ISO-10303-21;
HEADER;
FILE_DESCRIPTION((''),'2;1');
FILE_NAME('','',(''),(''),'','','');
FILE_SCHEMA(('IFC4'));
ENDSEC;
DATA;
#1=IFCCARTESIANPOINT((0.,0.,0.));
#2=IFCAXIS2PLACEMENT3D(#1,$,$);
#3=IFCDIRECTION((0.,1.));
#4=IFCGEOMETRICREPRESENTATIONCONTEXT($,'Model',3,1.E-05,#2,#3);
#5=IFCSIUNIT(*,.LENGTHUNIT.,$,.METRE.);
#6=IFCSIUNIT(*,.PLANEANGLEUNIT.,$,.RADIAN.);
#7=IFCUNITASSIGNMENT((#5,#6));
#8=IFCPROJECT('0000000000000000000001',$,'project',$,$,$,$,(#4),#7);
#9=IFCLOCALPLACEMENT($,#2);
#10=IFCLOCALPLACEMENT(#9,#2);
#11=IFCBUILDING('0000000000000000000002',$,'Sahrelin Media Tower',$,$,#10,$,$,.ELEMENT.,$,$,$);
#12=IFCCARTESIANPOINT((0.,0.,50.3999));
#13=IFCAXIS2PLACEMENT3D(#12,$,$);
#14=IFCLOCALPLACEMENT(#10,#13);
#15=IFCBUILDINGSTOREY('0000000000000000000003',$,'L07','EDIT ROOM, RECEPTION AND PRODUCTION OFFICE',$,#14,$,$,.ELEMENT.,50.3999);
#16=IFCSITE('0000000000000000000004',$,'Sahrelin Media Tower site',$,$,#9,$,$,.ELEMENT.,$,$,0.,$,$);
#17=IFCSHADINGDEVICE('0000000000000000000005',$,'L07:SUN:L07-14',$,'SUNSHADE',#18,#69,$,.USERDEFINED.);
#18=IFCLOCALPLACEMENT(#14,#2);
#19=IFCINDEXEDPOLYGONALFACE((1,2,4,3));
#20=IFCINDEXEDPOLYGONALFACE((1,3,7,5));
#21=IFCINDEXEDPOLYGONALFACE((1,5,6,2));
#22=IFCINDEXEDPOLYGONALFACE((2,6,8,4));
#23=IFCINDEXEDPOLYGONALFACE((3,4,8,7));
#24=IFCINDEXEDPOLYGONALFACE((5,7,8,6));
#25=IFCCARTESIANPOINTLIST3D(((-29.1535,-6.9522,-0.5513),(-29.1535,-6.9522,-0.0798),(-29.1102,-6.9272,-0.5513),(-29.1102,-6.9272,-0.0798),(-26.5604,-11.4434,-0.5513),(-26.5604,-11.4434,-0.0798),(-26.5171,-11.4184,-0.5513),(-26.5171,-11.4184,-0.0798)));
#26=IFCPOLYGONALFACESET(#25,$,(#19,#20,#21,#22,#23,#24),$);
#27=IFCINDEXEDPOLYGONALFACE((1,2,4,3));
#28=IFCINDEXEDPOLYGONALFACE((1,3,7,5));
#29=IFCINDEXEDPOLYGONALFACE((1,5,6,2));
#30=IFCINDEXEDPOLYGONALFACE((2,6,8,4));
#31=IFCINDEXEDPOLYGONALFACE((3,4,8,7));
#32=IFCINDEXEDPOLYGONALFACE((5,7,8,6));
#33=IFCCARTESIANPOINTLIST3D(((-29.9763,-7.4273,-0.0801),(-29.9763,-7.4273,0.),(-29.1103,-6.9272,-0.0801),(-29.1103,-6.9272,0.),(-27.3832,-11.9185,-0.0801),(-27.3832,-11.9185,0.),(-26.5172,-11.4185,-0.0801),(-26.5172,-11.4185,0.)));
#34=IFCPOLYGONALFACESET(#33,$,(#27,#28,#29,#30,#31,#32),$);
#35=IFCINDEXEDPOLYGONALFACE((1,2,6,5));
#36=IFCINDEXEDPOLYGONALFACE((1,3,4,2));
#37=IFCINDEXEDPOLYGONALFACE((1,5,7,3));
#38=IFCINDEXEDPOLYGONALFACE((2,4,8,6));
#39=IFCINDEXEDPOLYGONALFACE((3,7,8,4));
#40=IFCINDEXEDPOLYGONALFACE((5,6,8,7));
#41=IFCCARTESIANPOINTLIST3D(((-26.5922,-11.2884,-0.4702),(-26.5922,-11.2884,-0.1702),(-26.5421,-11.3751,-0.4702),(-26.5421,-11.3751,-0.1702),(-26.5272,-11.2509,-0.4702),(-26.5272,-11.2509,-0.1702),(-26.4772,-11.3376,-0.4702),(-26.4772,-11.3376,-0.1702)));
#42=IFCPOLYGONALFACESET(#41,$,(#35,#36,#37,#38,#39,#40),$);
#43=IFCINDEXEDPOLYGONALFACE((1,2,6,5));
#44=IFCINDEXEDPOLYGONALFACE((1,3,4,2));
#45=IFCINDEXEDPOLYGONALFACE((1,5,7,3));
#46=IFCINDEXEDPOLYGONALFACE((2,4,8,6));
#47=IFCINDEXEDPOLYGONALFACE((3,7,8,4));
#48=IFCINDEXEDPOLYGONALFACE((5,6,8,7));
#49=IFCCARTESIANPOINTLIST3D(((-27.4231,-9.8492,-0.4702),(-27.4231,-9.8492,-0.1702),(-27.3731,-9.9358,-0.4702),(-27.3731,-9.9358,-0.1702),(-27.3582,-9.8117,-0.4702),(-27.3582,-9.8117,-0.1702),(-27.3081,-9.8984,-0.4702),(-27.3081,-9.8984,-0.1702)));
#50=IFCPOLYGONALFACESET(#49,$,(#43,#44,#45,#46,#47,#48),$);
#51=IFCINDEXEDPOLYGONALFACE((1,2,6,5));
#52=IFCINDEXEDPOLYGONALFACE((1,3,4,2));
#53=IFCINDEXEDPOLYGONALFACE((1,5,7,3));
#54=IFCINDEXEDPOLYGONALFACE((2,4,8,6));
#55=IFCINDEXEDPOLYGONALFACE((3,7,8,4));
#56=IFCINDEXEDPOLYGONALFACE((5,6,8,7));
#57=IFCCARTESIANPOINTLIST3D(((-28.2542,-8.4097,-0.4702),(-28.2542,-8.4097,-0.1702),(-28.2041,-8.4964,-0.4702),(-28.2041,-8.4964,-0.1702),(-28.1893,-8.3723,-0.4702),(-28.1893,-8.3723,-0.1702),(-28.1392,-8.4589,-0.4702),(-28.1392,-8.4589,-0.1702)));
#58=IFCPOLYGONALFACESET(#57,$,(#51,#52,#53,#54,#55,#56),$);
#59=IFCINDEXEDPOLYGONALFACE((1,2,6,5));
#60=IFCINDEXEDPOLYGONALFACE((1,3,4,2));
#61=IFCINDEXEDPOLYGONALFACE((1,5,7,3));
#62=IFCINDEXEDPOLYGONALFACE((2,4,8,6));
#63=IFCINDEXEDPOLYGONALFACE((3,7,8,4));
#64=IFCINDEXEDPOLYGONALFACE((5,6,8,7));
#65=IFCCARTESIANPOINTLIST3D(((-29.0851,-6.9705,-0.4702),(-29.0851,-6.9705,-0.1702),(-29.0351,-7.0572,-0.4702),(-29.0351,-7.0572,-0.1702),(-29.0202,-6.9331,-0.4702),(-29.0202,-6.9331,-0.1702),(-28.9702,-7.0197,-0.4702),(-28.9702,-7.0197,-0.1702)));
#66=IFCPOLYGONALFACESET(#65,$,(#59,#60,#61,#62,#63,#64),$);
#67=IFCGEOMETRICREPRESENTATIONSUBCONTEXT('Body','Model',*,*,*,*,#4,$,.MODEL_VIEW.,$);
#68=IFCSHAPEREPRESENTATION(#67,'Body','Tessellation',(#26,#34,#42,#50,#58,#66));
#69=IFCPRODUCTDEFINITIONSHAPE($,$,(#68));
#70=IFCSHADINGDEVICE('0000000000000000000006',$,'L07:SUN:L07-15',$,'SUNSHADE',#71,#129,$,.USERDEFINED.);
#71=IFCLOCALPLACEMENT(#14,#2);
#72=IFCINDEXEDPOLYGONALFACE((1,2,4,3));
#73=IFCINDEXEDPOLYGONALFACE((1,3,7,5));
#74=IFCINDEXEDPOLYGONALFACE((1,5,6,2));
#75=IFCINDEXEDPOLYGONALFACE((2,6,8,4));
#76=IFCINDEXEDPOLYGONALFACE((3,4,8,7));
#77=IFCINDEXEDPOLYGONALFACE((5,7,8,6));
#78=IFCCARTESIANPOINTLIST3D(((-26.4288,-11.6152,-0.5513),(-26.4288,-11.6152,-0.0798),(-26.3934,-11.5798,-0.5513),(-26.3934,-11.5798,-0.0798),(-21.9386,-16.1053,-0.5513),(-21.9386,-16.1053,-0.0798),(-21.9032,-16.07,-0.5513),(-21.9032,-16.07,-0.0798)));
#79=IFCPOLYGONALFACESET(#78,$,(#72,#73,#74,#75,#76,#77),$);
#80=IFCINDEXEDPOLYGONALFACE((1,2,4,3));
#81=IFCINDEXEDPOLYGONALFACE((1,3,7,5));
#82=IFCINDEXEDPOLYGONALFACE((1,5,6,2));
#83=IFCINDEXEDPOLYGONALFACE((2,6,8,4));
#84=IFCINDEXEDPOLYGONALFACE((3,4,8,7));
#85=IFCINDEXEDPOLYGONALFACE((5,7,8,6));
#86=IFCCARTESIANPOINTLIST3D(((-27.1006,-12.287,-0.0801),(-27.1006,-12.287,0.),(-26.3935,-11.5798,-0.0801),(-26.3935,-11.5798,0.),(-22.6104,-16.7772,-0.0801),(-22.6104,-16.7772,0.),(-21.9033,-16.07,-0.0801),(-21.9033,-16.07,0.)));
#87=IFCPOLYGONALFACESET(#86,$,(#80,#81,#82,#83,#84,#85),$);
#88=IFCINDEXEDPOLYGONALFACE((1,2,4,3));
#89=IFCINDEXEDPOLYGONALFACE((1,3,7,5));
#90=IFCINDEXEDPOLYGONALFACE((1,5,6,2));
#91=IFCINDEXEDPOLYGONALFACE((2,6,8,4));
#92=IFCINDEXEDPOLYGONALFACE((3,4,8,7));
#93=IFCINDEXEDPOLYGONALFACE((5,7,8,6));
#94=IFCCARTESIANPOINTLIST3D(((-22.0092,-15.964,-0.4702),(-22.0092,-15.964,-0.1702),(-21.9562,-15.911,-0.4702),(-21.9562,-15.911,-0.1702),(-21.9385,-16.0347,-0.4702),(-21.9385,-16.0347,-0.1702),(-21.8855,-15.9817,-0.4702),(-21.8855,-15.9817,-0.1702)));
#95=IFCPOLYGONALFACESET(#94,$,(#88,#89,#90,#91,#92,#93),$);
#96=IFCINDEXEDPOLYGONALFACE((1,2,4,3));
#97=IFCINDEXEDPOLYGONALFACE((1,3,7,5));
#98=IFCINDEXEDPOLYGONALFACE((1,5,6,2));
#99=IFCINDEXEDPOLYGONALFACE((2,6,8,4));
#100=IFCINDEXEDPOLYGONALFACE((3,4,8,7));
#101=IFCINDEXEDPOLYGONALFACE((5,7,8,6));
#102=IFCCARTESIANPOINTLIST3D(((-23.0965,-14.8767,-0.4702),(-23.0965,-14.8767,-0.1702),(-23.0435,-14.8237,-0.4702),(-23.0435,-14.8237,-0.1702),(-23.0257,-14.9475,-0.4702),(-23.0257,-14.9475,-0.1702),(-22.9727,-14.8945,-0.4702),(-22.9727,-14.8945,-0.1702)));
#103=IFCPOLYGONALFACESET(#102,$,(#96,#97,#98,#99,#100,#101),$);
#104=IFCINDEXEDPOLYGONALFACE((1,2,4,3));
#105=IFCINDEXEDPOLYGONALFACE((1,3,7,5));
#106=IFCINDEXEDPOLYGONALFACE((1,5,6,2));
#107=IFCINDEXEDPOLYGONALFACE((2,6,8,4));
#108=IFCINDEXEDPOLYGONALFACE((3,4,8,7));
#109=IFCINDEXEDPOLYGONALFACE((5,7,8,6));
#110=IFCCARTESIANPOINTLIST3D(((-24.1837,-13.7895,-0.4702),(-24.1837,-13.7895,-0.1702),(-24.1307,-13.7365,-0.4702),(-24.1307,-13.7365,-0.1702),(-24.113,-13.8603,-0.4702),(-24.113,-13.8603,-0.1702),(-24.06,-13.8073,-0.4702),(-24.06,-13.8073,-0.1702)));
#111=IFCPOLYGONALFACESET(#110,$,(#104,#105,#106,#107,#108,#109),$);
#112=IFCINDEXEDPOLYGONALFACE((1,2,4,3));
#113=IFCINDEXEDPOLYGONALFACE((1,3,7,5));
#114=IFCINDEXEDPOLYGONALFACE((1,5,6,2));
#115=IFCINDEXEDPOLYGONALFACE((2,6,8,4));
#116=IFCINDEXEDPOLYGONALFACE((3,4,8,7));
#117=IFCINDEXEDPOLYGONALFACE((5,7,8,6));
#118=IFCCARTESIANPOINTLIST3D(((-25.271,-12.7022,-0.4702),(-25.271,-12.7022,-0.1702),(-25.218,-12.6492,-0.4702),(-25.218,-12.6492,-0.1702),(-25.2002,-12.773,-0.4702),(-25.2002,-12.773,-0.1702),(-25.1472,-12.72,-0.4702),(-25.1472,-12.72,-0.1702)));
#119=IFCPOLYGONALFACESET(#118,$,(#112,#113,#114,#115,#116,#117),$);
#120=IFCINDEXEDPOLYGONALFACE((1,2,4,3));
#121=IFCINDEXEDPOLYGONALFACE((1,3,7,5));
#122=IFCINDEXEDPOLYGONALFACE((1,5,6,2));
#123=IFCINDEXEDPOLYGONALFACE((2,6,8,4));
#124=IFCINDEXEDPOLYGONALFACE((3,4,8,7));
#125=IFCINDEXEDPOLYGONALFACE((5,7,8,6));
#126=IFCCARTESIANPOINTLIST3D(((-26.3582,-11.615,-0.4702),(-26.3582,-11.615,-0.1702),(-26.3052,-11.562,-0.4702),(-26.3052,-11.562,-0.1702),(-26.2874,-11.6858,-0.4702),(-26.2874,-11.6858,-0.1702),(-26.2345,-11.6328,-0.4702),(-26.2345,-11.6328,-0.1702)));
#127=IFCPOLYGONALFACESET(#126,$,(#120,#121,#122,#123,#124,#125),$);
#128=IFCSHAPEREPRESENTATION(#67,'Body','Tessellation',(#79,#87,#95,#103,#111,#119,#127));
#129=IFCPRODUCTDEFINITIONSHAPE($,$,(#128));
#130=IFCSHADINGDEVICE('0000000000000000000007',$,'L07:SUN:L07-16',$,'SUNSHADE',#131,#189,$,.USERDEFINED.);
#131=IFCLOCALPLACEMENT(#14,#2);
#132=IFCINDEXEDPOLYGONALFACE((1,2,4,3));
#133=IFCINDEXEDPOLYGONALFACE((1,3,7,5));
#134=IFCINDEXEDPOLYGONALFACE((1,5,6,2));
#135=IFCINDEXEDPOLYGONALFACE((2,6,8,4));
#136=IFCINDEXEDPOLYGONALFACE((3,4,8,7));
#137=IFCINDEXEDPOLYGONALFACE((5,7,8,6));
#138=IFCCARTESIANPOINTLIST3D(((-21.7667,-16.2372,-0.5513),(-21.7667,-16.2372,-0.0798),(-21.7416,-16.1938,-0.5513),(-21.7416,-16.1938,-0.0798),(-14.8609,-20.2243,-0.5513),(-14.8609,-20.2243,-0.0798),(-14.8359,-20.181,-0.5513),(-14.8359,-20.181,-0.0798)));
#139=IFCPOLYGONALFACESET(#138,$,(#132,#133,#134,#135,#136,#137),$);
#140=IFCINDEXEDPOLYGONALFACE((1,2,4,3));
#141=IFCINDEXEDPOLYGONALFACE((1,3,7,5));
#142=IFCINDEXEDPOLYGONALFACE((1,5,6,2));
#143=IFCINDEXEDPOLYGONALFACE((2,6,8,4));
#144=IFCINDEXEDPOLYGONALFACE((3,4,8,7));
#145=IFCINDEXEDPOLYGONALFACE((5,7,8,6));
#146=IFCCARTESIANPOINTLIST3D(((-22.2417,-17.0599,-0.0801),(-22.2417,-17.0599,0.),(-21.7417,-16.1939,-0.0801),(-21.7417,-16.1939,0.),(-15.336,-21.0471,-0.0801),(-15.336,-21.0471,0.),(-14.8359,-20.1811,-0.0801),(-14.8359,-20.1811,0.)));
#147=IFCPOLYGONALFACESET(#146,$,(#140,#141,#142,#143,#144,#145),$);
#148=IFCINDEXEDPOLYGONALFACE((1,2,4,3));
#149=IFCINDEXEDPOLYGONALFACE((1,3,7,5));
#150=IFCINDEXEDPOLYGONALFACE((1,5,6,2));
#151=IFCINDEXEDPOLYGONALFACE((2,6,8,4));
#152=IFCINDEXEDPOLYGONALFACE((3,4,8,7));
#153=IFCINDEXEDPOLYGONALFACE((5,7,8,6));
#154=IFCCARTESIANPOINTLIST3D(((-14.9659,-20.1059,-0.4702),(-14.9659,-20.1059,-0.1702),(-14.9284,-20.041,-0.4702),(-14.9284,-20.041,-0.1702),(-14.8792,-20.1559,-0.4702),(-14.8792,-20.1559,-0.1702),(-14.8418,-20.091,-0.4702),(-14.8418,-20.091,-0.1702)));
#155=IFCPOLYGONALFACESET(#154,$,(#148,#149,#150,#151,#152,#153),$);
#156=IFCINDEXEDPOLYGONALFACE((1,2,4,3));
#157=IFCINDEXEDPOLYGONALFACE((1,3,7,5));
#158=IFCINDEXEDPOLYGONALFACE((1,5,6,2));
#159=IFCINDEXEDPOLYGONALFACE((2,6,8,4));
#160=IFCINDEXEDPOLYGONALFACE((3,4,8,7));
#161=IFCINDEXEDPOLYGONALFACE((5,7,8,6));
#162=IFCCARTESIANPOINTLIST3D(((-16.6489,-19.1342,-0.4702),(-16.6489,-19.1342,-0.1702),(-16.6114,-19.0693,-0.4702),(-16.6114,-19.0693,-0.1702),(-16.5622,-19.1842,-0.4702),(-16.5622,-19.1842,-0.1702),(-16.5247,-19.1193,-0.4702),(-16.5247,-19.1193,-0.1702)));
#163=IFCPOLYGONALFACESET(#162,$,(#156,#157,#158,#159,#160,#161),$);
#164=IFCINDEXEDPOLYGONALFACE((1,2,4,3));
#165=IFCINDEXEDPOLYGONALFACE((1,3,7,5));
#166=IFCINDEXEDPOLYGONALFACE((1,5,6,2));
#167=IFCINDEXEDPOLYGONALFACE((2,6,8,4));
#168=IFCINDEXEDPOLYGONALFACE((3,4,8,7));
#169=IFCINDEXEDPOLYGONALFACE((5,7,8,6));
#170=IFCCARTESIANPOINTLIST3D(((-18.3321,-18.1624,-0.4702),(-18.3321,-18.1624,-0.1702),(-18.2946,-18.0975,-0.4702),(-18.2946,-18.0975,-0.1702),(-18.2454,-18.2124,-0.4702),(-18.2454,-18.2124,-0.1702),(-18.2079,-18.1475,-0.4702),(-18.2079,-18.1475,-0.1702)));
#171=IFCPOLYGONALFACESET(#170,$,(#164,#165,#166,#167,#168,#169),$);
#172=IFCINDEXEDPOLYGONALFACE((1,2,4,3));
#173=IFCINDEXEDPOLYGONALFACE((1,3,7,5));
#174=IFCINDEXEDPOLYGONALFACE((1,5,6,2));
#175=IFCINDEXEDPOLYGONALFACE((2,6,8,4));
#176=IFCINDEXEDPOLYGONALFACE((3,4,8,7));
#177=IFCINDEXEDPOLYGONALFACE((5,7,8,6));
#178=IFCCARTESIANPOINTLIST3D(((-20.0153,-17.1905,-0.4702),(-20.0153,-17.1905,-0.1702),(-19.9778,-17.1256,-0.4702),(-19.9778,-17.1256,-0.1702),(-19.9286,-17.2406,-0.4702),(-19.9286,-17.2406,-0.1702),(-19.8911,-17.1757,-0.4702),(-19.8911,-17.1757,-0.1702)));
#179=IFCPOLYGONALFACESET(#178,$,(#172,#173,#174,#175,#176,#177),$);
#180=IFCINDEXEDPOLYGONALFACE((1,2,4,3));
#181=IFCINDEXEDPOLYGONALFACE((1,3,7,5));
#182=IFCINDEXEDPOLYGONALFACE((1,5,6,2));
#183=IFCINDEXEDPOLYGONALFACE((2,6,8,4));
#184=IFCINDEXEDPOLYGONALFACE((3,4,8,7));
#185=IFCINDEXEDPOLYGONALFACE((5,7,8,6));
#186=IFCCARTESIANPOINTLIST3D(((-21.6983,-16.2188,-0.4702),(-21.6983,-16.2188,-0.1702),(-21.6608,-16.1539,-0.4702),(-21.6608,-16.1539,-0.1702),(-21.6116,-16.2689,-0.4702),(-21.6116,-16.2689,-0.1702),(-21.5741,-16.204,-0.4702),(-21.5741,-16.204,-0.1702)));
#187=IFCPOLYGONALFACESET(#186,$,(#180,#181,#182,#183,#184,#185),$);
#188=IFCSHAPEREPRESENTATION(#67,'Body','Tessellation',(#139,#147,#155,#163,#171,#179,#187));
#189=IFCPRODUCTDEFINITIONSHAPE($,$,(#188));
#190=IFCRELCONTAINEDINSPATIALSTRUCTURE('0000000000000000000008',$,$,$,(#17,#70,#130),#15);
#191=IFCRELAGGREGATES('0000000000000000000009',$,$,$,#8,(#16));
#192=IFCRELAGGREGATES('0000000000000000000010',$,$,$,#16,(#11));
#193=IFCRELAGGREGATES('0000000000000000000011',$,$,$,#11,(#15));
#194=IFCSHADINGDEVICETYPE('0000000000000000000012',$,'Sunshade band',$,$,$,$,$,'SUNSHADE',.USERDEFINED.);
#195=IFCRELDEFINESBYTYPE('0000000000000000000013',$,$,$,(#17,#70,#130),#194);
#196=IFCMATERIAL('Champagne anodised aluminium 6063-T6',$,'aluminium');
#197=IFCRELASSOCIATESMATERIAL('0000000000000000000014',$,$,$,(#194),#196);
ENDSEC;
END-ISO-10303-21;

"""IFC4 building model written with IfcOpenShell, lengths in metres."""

from ifc_helpers import new_model, si_unit, direction, frame, origin, origin_2d, place, context, subcontext, project, spatial, rectangle, extrude, material, type_object, element, save


model = new_model("IFC4")

# Units and contexts
model_context = context("Model", 3, precision=1e-05, world=origin(), true_north=direction((0.0, 1.0)))
body_context = subcontext(model_context, "Body", "Model", "MODEL_VIEW")
ifc_project = project(units=[si_unit("LENGTHUNIT", "METRE"), si_unit("PLANEANGLEUNIT", "RADIAN")], contexts=[model_context])

# Site, building, storey
site_placement = place(None, origin())
site = spatial("IfcSite", under=ifc_project, at=site_placement, Name="Sahrelin Media Tower site", CompositionType="ELEMENT", RefElevation=0.0)
building_placement = place(site_placement, origin())
building = spatial("IfcBuilding", under=site, at=building_placement, Name="Sahrelin Media Tower", CompositionType="ELEMENT")
storey_placement = place(building_placement, frame((0.0, 0.0, 50.3999)))
storey = spatial("IfcBuildingStorey", under=building, at=storey_placement, Name="L07", Description="EDIT ROOM, RECEPTION AND PRODUCTION OFFICE", CompositionType="ELEMENT", Elevation=50.3999)

# Shared definitions
ifc_material_1 = material(Name="Champagne anodised aluminium 6063-T6", Category="aluminium")

# Shading devices
placement_1 = place(storey_placement, frame((-27.7964, -9.1628, 0.0), z_axis=(0.0, 0.0, 1.0), x_axis=(-0.500011, 0.866019, 0.0)))
placement_2 = place(storey_placement, frame((-24.1343, -13.8108, 0.0), z_axis=(0.0, 0.0, 1.0), x_axis=(-0.707107, 0.707107, 0.0)))
placement_3 = place(storey_placement, frame((-18.2788, -18.1702, 0.0), z_axis=(0.0, 0.0, 1.0), x_axis=(-0.866019, 0.500011, 0.0)))
shading_device_type_1 = type_object("IfcShadingDeviceType", Name="Sunshade band", ElementType="SUNSHADE", PredefinedType="USERDEFINED", material=ifc_material_1)
element("IfcShadingDevice", 1, at=placement_1, inside=storey, type_object=shading_device_type_1, Name="L07:SUN:L07-14", ObjectType="SUNSHADE", PredefinedType="USERDEFINED", context=body_context, shape_type="SweptSolid", body=[
    extrude(rectangle(XDim=5.186, YDim=0.05, at=origin_2d()), frame((0.0, 0.0449, -0.5513)), (0.0, 0.0, 1.0), 0.4714),
    extrude(rectangle(XDim=5.186, YDim=1.0, at=origin_2d()), frame((0.0, 0.52, -0.0801)), (0.0, 0.0, 1.0), 0.0801),
    extrude(rectangle(XDim=0.1001, YDim=0.075, at=origin_2d()), frame((-2.4929, -0.0176, -0.4702)), (0.0, 0.0, 1.0), 0.3),
    extrude(rectangle(XDim=0.1001, YDim=0.075, at=origin_2d()), frame((-0.8311, -0.0176, -0.4702)), (0.0, 0.0, 1.0), 0.3),
    extrude(rectangle(XDim=0.1001, YDim=0.075, at=origin_2d()), frame((0.8311, -0.0176, -0.4702)), (0.0, 0.0, 1.0), 0.3),
    extrude(rectangle(XDim=0.1001, YDim=0.075, at=origin_2d()), frame((2.4929, -0.0176, -0.4702)), (0.0, 0.0, 1.0), 0.3),
])
element("IfcShadingDevice", 2, at=placement_2, inside=storey, type_object=shading_device_type_1, Name="L07:SUN:L07-15", ObjectType="SUNSHADE", PredefinedType="USERDEFINED", context=body_context, shape_type="SweptSolid", body=[
    extrude(rectangle(XDim=6.3501, YDim=0.05, at=origin_2d()), frame((0.0, 0.0449, -0.5513)), (0.0, 0.0, 1.0), 0.4714),
    extrude(rectangle(XDim=6.3501, YDim=1.0, at=origin_2d()), frame((0.0, 0.52, -0.0801)), (0.0, 0.0, 1.0), 0.0801),
    extrude(rectangle(XDim=0.1001, YDim=0.075, at=origin_2d()), frame((-3.0752, -0.0176, -0.4702)), (0.0, 0.0, 1.0), 0.3),
    extrude(rectangle(XDim=0.1001, YDim=0.075, at=origin_2d()), frame((-1.5376, -0.0176, -0.4702)), (0.0, 0.0, 1.0), 0.3),
    extrude(rectangle(XDim=0.1001, YDim=0.075, at=origin_2d()), frame((0.0, -0.0176, -0.4702)), (0.0, 0.0, 1.0), 0.3),
    extrude(rectangle(XDim=0.1001, YDim=0.075, at=origin_2d()), frame((1.5376, -0.0176, -0.4702)), (0.0, 0.0, 1.0), 0.3),
    extrude(rectangle(XDim=0.1001, YDim=0.075, at=origin_2d()), frame((3.0752, -0.0176, -0.4702)), (0.0, 0.0, 1.0), 0.3),
])
element("IfcShadingDevice", 3, at=placement_3, inside=storey, type_object=shading_device_type_1, Name="L07:SUN:L07-16", ObjectType="SUNSHADE", PredefinedType="USERDEFINED", context=body_context, shape_type="SweptSolid", body=[
    extrude(rectangle(XDim=7.9741, YDim=0.05, at=origin_2d()), frame((0.0, 0.0449, -0.5513)), (0.0, 0.0, 1.0), 0.4714),
    extrude(rectangle(XDim=7.9741, YDim=1.0, at=origin_2d()), frame((0.0, 0.52, -0.0801)), (0.0, 0.0, 1.0), 0.0801),
    extrude(rectangle(XDim=0.1001, YDim=0.075, at=origin_2d()), frame((-3.887, -0.0176, -0.4702)), (0.0, 0.0, 1.0), 0.3),
    extrude(rectangle(XDim=0.1001, YDim=0.075, at=origin_2d()), frame((-1.9436, -0.0176, -0.4702)), (0.0, 0.0, 1.0), 0.3),
    extrude(rectangle(XDim=0.1001, YDim=0.075, at=origin_2d()), frame((0.0, -0.0176, -0.4702)), (0.0, 0.0, 1.0), 0.3),
    extrude(rectangle(XDim=0.1001, YDim=0.075, at=origin_2d()), frame((1.9436, -0.0176, -0.4702)), (0.0, 0.0, 1.0), 0.3),
    extrude(rectangle(XDim=0.1001, YDim=0.075, at=origin_2d()), frame((3.887, -0.0176, -0.4702)), (0.0, 0.0, 1.0), 0.3),
])

save(model, "model.ifc")
